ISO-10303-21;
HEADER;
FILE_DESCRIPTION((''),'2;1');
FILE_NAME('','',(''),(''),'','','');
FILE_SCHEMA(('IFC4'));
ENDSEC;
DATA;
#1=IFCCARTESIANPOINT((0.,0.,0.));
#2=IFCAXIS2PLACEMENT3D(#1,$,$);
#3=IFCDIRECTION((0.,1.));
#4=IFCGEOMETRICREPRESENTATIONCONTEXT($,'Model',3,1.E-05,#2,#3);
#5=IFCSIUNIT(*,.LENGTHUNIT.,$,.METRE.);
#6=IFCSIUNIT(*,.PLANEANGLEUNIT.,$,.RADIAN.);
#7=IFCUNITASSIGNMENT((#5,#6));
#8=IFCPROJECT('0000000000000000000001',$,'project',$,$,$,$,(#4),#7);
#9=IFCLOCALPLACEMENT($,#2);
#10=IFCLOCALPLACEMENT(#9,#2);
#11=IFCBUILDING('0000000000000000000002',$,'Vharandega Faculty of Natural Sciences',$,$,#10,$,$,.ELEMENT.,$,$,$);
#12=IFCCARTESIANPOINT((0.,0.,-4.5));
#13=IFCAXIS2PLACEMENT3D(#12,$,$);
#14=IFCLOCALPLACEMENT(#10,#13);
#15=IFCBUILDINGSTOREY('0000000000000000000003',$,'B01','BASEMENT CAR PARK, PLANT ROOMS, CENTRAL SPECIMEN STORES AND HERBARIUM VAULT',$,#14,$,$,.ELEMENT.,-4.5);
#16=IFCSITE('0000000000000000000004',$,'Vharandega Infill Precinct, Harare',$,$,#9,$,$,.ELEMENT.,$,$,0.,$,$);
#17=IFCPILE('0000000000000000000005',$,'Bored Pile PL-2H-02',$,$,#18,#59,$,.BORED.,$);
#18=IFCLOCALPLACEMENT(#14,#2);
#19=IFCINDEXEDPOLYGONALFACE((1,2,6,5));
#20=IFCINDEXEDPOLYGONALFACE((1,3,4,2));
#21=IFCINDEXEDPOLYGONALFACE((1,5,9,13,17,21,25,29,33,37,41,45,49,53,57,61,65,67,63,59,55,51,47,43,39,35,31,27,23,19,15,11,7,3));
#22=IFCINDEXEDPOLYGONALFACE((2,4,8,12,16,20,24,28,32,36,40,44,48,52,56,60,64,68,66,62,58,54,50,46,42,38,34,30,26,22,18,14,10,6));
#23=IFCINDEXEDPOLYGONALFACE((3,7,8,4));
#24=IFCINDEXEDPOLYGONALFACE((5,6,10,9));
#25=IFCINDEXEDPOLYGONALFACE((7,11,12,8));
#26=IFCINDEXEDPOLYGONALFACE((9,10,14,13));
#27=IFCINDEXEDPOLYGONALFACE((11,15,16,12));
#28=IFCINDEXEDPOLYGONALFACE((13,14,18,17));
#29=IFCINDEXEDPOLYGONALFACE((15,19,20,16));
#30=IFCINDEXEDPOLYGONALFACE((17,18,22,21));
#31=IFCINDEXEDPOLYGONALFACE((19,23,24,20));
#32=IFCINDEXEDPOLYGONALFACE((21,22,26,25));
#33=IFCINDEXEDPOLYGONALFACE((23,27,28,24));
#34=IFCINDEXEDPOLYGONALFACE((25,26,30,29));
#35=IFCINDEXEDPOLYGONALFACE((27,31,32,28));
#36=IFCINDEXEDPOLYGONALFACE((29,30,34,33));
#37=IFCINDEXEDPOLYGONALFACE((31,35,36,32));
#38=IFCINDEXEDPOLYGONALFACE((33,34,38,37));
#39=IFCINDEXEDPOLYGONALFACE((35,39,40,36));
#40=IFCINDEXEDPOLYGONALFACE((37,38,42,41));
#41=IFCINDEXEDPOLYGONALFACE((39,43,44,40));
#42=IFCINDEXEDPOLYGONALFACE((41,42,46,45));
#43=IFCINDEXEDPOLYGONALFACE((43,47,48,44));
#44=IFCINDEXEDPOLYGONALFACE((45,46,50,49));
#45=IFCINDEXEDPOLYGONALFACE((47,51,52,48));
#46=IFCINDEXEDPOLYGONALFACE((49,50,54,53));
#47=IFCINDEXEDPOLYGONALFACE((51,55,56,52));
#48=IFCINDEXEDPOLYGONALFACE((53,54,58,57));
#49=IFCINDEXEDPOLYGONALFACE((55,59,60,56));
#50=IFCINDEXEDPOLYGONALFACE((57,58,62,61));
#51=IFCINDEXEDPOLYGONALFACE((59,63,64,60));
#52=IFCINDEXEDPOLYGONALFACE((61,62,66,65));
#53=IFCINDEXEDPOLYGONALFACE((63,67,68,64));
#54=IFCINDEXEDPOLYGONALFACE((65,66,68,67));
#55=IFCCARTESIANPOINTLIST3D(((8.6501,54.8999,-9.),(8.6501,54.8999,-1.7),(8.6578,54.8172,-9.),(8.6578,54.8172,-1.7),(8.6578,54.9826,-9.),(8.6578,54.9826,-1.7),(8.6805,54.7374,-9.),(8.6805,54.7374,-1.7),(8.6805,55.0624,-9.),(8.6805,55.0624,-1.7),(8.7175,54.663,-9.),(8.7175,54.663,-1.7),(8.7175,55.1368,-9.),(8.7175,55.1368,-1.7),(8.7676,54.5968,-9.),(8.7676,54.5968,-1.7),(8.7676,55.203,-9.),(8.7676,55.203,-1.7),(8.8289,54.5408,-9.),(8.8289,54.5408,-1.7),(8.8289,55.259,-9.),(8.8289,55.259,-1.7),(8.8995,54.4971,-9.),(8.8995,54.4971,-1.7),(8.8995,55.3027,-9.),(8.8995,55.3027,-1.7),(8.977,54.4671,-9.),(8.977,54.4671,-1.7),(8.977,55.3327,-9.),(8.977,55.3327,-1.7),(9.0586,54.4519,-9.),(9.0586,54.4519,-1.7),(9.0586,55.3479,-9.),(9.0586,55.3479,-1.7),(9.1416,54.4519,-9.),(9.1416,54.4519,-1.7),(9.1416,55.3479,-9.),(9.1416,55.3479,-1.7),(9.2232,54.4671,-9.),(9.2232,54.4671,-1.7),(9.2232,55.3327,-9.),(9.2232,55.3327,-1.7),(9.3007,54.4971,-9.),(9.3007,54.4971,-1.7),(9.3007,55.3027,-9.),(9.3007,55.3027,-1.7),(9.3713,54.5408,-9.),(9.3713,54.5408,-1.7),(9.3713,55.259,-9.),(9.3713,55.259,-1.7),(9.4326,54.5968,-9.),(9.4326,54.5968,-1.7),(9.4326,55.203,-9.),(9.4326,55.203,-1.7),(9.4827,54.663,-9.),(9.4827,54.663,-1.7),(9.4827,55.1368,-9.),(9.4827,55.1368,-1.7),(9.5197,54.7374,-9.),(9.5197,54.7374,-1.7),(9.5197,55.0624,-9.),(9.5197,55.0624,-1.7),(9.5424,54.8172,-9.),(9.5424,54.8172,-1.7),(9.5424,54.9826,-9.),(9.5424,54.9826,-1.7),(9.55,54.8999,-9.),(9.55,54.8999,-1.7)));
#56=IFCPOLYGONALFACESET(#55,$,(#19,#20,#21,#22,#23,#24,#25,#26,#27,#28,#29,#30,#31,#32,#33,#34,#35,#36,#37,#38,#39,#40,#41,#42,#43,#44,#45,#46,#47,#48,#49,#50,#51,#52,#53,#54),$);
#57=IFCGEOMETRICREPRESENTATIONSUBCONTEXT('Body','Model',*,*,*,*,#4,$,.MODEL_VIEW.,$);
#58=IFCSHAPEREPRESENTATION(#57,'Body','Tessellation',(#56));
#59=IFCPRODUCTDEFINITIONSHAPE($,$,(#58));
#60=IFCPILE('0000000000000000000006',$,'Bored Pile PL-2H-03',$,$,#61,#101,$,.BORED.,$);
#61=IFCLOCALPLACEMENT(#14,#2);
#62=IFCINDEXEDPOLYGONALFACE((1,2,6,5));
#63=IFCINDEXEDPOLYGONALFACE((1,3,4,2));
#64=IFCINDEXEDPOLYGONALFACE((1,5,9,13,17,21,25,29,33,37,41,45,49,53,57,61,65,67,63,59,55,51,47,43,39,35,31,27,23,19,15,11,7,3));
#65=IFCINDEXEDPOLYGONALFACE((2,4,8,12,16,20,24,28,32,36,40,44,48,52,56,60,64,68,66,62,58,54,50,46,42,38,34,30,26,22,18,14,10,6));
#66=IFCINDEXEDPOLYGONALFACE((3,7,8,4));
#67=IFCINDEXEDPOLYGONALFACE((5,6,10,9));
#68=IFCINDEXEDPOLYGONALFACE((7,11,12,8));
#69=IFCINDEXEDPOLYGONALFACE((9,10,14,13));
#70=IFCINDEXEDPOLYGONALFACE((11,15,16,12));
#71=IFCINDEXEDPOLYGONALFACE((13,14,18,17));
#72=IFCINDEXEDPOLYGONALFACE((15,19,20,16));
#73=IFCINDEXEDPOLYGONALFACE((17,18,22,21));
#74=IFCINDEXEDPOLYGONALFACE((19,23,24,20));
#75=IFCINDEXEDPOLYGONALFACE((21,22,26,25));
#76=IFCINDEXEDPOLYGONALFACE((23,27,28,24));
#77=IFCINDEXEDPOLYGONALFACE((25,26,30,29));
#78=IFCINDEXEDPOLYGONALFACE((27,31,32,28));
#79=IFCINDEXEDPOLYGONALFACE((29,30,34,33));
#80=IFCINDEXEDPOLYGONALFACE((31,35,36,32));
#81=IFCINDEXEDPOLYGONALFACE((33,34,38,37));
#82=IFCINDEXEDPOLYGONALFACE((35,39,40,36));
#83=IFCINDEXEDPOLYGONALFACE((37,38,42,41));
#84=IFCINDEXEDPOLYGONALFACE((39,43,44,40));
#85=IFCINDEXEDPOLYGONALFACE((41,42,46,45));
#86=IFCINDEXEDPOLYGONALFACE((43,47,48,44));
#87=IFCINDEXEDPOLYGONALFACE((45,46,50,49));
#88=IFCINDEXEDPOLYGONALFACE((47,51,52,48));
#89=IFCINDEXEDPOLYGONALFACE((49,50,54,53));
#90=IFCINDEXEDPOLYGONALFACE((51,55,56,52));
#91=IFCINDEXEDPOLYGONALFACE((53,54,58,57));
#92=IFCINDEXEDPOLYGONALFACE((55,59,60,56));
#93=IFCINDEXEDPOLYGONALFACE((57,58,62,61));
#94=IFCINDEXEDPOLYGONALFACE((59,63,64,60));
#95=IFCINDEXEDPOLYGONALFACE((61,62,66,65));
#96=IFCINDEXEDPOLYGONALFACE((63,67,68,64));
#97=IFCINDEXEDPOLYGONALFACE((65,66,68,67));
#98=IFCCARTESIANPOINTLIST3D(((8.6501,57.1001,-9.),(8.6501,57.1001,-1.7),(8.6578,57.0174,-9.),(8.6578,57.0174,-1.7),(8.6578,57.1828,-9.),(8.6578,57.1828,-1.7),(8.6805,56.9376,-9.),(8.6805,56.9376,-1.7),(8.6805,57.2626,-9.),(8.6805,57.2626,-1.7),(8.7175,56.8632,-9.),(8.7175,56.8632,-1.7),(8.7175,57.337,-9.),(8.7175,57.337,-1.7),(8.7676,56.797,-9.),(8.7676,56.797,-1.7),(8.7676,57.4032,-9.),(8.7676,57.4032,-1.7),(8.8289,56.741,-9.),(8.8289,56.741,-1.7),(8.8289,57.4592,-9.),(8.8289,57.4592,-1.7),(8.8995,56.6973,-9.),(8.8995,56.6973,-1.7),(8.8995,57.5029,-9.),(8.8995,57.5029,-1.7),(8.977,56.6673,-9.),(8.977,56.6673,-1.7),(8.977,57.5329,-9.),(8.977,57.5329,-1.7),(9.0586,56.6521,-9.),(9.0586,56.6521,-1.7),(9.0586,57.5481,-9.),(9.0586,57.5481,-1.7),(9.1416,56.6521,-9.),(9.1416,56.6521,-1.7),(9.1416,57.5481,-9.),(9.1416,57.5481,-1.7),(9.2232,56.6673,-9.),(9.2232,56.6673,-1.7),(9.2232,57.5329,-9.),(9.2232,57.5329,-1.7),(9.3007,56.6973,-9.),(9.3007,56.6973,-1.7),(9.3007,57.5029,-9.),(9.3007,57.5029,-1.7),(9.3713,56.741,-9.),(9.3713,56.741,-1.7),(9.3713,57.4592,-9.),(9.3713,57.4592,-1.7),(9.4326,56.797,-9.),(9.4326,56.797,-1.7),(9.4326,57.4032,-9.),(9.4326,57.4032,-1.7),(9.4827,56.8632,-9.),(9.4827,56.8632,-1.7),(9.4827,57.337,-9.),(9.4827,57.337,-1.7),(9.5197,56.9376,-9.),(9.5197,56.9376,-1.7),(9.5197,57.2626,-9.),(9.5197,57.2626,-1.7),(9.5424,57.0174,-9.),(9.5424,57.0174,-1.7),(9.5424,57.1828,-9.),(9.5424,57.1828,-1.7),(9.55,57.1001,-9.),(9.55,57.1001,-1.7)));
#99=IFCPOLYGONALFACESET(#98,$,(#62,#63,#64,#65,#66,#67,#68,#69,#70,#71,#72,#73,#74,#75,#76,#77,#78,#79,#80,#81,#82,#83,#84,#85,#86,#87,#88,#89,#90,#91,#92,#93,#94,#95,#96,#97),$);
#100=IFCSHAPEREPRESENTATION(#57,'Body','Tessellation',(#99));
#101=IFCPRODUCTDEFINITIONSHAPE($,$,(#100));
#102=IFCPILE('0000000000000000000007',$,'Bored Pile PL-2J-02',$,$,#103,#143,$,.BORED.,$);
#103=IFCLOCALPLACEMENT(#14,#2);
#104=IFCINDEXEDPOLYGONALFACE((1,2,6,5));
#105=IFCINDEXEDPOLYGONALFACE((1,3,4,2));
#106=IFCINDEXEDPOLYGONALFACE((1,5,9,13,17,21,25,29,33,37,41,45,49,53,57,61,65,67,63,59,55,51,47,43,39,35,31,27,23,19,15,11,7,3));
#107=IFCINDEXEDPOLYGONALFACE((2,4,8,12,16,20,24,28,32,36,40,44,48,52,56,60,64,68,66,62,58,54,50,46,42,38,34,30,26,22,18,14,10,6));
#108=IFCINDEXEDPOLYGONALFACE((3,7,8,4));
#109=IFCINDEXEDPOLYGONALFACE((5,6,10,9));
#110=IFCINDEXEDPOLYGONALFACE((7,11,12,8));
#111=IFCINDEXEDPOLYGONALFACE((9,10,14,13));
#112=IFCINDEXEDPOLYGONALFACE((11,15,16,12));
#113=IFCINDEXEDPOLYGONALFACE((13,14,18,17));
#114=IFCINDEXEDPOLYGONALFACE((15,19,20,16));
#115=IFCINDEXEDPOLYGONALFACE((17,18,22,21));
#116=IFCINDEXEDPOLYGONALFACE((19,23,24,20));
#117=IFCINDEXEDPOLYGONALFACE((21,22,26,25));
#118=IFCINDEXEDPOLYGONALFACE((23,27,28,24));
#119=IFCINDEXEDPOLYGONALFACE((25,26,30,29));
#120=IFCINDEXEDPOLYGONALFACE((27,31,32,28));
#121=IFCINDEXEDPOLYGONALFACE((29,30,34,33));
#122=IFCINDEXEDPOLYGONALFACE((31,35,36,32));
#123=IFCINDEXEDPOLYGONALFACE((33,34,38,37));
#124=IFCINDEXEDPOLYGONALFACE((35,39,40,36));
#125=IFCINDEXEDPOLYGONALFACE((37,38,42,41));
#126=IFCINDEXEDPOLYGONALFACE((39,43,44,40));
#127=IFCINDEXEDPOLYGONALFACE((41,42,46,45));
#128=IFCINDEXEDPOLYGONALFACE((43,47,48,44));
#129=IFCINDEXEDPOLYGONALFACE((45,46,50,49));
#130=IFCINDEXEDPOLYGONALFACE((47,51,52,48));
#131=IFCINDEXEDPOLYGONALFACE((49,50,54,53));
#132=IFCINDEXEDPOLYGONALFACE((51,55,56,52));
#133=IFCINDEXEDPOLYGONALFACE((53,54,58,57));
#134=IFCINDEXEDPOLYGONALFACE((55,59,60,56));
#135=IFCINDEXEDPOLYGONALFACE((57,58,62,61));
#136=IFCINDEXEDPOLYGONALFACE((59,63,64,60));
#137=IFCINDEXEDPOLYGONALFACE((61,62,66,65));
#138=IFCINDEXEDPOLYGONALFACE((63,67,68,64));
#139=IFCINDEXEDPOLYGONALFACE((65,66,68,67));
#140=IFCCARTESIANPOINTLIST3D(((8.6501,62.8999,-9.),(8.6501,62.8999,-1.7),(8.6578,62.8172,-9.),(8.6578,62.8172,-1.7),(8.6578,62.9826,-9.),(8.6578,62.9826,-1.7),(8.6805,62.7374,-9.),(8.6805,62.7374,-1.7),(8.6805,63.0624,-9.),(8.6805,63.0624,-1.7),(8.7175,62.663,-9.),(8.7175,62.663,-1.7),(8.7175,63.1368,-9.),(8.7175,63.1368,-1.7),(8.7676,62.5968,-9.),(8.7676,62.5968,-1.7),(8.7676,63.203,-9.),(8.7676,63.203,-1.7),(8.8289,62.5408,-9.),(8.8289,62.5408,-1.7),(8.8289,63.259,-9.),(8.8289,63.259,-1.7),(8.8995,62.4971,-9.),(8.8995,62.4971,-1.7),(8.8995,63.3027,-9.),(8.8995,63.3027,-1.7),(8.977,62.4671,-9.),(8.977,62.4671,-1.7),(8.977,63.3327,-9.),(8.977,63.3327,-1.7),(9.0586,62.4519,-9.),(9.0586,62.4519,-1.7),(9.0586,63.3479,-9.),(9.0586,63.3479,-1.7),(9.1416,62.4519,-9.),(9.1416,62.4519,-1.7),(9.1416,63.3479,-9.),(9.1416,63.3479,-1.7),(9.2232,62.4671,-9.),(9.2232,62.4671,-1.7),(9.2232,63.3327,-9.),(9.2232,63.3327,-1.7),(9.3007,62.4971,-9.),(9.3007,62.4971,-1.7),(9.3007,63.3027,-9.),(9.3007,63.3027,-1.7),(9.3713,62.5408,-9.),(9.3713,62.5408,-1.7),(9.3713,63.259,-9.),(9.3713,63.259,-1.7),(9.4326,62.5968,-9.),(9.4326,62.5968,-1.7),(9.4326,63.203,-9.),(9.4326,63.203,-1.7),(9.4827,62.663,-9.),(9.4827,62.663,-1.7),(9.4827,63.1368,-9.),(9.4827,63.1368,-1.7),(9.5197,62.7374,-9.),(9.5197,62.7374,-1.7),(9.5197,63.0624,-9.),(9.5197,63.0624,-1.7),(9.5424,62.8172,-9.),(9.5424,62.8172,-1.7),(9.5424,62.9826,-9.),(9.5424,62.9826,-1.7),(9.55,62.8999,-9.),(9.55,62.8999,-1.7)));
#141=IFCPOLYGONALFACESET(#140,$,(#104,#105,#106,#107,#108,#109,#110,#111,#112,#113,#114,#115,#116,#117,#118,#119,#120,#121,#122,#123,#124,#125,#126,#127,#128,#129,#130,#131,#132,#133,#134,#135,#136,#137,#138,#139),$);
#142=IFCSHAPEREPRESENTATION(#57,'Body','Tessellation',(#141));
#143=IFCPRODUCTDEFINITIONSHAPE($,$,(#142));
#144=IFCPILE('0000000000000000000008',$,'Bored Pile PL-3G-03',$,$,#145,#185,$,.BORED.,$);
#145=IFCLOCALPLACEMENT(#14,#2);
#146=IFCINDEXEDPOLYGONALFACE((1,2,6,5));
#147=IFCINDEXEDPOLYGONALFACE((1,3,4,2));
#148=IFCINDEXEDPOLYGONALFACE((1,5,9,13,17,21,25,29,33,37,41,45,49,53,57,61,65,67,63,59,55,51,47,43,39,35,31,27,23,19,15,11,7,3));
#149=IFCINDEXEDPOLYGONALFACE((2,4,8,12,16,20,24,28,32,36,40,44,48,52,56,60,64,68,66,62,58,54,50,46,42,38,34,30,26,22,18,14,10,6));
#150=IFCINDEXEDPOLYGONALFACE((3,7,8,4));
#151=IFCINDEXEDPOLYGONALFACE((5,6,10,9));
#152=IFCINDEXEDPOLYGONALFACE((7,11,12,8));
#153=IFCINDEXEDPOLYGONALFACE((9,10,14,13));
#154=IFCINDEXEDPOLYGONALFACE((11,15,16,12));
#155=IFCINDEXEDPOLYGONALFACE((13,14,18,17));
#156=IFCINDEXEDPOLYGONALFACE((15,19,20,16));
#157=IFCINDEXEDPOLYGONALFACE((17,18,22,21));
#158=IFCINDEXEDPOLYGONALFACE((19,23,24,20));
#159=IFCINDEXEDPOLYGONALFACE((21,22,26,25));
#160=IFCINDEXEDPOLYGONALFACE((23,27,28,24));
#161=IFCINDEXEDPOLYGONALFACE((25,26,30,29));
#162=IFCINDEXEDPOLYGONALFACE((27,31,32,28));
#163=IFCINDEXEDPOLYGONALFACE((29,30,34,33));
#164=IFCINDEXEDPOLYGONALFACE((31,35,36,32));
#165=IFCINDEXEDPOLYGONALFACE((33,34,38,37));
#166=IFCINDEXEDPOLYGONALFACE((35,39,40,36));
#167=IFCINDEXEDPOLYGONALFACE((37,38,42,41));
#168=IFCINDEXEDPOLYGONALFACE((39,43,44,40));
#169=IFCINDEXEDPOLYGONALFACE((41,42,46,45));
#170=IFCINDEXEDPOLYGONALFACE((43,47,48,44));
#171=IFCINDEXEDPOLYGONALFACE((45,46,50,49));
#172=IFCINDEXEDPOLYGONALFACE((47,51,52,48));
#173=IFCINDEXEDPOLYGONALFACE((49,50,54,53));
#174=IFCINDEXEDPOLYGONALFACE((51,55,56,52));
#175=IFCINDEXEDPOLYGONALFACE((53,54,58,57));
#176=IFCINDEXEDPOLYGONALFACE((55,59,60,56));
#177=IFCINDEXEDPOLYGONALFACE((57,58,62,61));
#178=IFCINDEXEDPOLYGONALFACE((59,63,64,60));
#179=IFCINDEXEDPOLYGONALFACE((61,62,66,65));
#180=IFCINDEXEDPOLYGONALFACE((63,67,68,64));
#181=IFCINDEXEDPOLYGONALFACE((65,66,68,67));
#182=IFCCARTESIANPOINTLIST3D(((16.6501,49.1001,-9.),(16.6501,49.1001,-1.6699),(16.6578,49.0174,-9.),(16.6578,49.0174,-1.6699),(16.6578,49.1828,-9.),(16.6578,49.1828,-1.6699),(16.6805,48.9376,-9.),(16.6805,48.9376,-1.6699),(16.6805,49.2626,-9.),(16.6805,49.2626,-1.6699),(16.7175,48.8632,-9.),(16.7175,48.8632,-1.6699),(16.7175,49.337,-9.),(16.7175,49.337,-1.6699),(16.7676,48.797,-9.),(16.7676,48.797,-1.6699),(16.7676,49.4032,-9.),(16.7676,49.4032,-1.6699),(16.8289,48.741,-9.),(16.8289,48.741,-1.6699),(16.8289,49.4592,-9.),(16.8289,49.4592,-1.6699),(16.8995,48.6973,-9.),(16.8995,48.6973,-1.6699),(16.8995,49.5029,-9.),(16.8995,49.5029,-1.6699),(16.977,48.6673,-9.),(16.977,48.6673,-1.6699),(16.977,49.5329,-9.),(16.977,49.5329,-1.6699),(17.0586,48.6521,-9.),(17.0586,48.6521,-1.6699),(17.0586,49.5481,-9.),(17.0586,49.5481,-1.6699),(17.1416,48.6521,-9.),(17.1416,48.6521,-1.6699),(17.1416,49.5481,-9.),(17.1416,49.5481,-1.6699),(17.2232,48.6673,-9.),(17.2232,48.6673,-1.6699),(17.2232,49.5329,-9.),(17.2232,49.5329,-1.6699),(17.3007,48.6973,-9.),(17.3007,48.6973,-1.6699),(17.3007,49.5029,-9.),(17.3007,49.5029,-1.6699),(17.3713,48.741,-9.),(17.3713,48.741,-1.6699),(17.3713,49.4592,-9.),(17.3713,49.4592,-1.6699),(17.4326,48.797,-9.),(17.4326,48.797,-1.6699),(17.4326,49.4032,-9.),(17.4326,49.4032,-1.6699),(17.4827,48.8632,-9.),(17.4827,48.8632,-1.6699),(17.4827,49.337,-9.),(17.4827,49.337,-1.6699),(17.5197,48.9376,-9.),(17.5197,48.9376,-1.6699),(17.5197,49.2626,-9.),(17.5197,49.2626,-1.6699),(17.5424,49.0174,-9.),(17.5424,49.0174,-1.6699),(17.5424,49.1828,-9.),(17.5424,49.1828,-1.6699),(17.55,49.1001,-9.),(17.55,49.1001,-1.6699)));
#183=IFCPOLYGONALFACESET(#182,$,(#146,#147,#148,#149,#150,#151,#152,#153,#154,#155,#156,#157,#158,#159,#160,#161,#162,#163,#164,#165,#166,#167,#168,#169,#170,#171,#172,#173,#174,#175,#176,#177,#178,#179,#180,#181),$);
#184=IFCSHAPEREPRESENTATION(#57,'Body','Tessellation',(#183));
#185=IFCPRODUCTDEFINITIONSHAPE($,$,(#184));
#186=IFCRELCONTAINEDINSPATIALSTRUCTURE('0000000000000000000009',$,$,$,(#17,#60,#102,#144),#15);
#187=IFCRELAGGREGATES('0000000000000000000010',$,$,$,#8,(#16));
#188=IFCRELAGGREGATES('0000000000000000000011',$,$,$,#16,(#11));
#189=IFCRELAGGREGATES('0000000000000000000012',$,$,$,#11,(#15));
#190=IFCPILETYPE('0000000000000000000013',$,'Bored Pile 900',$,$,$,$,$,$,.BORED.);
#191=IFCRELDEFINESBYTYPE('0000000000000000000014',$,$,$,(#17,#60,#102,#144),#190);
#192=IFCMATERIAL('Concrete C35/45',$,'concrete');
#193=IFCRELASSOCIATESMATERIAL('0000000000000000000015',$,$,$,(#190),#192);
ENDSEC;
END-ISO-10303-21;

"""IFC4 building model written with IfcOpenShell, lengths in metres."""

from ifc_helpers import new_model, si_unit, direction, frame, origin, origin_2d, place, context, subcontext, project, spatial, circle, extrude, material, material_profile, profile_set, type_object, element, save


model = new_model("IFC4")

# Units and contexts
model_context = context("Model", 3, precision=1e-05, world=origin(), true_north=direction((0.0, 1.0)))
body_context = subcontext(model_context, "Body", "Model", "MODEL_VIEW")
ifc_project = project(units=[si_unit("LENGTHUNIT", "METRE"), si_unit("PLANEANGLEUNIT", "RADIAN")], contexts=[model_context])

# Site, building, storey
site_placement = place(None, origin())
site = spatial("IfcSite", under=ifc_project, at=site_placement, Name="Vharandega Infill Precinct, Harare", CompositionType="ELEMENT", RefElevation=0.0)
building_placement = place(site_placement, origin())
building = spatial("IfcBuilding", under=site, at=building_placement, Name="Vharandega Faculty of Natural Sciences", CompositionType="ELEMENT")
storey_placement = place(building_placement, frame((0.0, 0.0, -4.5)))
storey = spatial("IfcBuildingStorey", under=building, at=storey_placement, Name="B01", Description="BASEMENT CAR PARK, PLANT ROOMS, CENTRAL SPECIMEN STORES AND HERBARIUM VAULT", CompositionType="ELEMENT", Elevation=-4.5)

# Piles
ifc_material_1 = material(Name="Concrete C35/45", Category="concrete")
ifc_material_profile_1 = material_profile(ifc_material_1, circle(Radius=0.45, at=origin_2d()), Name="PILE 900")
ifc_profile_set_1 = profile_set([ifc_material_profile_1], Name="Concrete C35/45")
pile_type = type_object("IfcPileType", Name="Bored Pile 900", PredefinedType="BORED", material=ifc_profile_set_1)
for number, where, z_axis, x_axis, name in (
    (1, (9.1001, 54.8999, -1.7), (0.0, 0.0, -1.0), (1.0, 0.0, 0.0), "Bored Pile PL-2H-02"),
    (2, (9.1001, 57.1001, -1.7), (0.0, 0.0, -1.0), (1.0, 0.0, 0.0), "Bored Pile PL-2H-03"),
    (3, (9.1001, 62.8999, -1.7), (0.0, 0.0, -1.0), (1.0, 0.0, 0.0), "Bored Pile PL-2J-02"),
):
    element("IfcPile", number, at=place(storey_placement, frame(where, z_axis=z_axis, x_axis=x_axis)), inside=storey, type_object=pile_type, Name=name, PredefinedType="BORED", context=body_context, shape_type="SweptSolid", body=[
        extrude(circle(Radius=0.45, at=origin_2d()), origin(), (0.0, 0.0, 1.0), 7.3),
    ])
for number, where, z_axis, x_axis, name in (
    (4, (17.1001, 49.1001, -1.6699), (0.0, 0.0, -1.0), (1.0, 0.0, 0.0), "Bored Pile PL-3G-03"),
):
    element("IfcPile", number, at=place(storey_placement, frame(where, z_axis=z_axis, x_axis=x_axis)), inside=storey, type_object=pile_type, Name=name, PredefinedType="BORED", context=body_context, shape_type="SweptSolid", body=[
        extrude(circle(Radius=0.45, at=origin_2d()), origin(), (0.0, 0.0, 1.0), 7.3301),
    ])

save(model, "model.ifc")
